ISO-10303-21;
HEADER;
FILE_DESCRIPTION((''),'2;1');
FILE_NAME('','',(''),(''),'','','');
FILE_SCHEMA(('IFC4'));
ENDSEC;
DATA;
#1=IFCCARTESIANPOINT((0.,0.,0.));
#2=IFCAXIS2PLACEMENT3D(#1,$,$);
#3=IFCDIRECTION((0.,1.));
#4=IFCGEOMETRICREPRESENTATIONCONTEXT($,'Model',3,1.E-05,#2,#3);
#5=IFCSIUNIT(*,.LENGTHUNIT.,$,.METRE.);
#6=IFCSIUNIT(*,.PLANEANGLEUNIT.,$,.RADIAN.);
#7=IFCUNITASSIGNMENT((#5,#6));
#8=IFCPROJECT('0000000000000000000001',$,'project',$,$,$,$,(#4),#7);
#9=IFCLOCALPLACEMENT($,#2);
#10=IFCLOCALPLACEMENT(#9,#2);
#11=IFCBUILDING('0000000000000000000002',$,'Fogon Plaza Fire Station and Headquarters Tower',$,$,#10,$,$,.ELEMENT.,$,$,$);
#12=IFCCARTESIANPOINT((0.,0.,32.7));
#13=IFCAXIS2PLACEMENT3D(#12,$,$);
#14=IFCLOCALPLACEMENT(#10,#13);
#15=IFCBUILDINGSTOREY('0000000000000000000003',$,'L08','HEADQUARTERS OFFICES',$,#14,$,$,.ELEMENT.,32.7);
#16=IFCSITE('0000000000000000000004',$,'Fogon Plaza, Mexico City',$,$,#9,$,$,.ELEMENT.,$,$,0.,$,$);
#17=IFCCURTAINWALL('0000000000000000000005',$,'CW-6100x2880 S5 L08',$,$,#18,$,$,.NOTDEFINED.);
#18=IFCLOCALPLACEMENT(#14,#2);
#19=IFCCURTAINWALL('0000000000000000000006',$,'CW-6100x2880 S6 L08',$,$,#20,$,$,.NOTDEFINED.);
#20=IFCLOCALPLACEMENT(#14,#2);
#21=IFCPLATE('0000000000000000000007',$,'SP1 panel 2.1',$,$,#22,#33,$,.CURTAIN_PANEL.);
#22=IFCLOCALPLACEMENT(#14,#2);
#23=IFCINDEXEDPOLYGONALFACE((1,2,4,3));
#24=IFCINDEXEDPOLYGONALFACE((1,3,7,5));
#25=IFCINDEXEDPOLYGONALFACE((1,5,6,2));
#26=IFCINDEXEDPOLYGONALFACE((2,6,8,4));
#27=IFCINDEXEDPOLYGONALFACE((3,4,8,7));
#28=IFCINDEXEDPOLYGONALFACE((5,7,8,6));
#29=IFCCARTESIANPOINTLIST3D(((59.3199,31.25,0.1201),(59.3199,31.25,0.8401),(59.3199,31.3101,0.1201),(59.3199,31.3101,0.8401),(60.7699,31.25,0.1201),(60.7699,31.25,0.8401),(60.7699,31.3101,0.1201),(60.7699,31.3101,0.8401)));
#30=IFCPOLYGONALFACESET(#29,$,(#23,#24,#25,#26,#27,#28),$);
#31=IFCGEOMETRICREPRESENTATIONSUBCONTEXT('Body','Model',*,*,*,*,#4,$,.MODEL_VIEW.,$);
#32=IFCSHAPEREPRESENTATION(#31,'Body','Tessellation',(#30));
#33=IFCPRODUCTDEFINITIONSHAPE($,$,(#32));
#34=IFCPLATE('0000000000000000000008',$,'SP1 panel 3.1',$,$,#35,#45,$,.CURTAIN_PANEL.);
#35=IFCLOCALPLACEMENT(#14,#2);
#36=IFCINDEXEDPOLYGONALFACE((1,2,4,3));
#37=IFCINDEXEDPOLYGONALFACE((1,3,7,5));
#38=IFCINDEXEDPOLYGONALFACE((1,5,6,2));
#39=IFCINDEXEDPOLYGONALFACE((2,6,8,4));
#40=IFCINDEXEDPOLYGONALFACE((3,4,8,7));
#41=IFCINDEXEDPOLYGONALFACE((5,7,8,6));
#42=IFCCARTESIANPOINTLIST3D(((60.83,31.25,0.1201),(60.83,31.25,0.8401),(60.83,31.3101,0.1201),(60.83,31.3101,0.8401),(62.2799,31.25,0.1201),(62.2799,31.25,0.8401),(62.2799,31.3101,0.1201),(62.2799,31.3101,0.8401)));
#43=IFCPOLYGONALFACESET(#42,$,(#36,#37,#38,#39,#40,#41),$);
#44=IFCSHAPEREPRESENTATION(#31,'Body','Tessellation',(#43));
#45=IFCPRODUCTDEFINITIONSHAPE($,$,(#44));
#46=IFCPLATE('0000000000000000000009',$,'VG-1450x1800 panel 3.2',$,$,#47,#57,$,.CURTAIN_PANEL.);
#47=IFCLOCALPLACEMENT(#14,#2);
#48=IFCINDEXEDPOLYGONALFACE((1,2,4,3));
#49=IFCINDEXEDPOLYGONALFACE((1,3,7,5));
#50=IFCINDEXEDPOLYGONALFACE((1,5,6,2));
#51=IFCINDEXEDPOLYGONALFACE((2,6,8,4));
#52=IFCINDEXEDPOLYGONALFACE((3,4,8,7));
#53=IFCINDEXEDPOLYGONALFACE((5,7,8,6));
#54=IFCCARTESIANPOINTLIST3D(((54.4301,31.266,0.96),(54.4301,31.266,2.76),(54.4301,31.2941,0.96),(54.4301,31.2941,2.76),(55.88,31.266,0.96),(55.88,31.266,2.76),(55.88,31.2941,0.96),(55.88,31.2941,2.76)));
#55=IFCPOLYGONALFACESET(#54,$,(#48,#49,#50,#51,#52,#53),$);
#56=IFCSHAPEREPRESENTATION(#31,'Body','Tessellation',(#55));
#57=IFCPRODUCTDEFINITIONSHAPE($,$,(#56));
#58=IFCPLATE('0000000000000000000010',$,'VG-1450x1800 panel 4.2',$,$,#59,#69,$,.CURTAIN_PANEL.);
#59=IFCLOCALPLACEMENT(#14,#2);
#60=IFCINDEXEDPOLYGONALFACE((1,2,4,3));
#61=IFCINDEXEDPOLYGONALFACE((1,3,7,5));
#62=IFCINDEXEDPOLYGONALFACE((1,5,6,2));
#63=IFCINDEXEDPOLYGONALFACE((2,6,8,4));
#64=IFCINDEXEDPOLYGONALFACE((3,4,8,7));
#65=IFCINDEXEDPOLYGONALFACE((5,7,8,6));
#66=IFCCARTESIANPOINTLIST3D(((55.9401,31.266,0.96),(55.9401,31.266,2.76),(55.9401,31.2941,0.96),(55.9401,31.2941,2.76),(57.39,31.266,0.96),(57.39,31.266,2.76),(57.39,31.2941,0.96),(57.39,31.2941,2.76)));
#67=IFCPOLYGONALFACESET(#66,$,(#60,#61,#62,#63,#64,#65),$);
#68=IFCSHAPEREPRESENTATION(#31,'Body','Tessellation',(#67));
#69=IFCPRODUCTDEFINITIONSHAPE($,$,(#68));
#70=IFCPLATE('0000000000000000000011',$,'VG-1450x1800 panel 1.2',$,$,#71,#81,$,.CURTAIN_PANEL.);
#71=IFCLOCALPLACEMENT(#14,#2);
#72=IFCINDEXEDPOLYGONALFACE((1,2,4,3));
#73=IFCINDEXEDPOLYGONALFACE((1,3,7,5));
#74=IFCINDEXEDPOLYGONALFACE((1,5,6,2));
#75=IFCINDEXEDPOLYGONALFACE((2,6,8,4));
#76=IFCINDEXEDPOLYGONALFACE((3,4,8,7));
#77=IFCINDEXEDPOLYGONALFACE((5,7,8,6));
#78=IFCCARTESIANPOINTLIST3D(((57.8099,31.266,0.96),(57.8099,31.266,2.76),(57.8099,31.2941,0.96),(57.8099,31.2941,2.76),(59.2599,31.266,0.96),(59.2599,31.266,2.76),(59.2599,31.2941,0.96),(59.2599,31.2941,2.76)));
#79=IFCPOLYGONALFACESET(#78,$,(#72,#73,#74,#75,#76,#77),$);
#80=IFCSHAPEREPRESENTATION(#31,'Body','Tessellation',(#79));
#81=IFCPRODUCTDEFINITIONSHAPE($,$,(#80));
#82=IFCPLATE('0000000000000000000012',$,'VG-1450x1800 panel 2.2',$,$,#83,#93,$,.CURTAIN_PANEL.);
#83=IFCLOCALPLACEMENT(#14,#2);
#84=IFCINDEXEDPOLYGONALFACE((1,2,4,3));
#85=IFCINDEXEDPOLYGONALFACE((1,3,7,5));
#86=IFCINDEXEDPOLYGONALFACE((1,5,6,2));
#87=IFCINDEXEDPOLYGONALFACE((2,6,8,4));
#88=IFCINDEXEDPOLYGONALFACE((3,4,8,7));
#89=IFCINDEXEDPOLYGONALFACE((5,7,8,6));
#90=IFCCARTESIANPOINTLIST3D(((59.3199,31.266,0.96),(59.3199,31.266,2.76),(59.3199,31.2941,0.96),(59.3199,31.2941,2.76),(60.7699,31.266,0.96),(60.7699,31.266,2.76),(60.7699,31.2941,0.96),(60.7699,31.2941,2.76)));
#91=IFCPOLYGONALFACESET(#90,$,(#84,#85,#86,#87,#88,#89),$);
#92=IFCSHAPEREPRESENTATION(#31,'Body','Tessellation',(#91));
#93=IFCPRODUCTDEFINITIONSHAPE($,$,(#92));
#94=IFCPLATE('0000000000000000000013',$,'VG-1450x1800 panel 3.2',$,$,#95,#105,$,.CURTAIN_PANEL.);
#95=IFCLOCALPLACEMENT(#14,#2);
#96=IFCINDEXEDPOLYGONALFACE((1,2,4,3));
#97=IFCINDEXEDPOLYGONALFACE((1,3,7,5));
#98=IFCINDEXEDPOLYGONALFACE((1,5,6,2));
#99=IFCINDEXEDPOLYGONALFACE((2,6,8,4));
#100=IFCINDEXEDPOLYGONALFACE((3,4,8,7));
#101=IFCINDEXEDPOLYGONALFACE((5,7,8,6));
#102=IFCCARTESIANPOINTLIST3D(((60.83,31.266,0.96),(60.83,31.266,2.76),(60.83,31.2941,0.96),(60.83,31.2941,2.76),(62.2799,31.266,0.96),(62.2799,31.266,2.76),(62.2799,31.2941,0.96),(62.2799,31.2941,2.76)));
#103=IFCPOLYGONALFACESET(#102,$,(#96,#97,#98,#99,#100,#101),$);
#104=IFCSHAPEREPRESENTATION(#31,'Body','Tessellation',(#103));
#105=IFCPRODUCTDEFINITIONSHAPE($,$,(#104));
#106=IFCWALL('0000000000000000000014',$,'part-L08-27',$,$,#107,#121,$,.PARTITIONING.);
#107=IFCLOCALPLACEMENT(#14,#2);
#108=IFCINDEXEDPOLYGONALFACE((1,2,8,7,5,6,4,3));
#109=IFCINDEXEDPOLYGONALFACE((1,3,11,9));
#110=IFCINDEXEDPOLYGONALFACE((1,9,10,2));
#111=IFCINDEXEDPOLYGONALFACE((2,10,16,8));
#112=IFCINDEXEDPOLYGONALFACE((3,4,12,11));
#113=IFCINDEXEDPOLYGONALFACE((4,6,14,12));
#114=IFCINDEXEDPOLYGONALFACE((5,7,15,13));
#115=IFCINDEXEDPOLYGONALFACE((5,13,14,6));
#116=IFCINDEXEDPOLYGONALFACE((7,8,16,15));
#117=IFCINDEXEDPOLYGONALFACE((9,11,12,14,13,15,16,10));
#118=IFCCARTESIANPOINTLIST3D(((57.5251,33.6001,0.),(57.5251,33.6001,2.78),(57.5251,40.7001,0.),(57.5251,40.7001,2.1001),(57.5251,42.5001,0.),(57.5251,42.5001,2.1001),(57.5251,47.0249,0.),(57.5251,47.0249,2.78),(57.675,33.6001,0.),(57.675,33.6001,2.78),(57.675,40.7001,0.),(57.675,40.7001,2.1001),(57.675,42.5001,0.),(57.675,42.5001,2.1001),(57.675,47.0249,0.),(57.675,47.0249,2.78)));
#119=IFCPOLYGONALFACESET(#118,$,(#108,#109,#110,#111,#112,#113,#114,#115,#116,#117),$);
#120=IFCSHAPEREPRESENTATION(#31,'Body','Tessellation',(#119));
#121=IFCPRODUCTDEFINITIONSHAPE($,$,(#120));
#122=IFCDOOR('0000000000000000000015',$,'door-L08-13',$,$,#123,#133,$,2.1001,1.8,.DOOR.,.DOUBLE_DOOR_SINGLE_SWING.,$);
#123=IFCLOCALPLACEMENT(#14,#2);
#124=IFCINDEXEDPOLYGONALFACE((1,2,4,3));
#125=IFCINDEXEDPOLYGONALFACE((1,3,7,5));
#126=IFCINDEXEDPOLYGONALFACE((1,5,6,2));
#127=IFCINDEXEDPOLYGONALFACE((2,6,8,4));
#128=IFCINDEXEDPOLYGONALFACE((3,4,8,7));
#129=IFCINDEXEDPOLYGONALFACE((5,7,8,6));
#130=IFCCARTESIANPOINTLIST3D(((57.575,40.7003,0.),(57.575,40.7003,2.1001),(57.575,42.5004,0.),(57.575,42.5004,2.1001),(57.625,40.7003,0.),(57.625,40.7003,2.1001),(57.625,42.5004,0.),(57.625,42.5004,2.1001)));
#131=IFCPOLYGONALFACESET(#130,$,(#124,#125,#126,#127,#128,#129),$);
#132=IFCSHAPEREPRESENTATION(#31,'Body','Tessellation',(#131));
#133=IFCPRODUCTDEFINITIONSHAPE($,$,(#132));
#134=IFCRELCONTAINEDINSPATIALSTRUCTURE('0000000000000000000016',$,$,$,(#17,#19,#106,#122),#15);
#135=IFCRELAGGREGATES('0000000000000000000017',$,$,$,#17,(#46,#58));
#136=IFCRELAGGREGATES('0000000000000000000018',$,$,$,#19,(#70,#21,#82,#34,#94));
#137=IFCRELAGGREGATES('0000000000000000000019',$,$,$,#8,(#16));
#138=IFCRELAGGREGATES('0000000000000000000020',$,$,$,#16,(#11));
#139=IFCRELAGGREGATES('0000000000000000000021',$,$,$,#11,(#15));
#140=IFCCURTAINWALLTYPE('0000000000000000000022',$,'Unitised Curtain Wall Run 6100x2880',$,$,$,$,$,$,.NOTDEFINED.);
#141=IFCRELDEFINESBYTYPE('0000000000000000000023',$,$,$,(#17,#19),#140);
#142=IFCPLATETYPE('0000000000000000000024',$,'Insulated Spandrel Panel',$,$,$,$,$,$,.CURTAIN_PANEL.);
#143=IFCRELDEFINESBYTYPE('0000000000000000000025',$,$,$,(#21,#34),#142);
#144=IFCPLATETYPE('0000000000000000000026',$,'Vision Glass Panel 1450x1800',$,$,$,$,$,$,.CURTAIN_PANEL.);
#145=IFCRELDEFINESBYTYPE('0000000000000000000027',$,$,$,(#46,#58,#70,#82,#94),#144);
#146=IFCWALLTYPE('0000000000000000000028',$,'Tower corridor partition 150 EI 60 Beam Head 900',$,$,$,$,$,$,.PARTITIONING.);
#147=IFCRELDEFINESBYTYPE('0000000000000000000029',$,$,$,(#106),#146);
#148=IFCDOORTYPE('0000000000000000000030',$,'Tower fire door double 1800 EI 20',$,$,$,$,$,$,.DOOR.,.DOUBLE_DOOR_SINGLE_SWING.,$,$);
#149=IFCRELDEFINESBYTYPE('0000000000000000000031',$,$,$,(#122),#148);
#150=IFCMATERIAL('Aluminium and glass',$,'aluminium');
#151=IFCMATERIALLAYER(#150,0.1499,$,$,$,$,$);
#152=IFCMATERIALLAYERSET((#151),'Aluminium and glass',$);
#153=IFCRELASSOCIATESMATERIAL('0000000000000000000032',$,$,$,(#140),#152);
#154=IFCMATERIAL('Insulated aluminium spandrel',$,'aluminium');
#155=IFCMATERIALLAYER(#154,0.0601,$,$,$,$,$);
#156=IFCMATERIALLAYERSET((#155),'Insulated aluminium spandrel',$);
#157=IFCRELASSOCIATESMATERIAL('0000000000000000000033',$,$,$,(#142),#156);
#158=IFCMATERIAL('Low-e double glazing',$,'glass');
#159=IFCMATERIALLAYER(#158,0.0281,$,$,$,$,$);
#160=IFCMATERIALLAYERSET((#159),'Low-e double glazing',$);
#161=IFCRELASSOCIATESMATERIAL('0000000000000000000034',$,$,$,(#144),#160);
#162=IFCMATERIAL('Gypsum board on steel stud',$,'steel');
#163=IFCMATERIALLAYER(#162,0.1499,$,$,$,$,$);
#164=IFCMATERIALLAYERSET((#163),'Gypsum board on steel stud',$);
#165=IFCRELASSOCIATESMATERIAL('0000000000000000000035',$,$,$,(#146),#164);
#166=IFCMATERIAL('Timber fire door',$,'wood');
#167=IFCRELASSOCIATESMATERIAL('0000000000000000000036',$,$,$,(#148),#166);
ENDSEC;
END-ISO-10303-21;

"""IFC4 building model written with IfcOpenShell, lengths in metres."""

from ifc_helpers import new_model, si_unit, direction, frame, frame_2d, origin, origin_2d, place, context, subcontext, project, spatial, rectangle, extrude, material, layer, layer_set, type_object, element, fill, aggregate, save


model = new_model("IFC4")

# Units and contexts
model_context = context("Model", 3, precision=1e-05, world=origin(), true_north=direction((0.0, 1.0)))
body_context = subcontext(model_context, "Body", "Model", "MODEL_VIEW")
ifc_project = project(units=[si_unit("LENGTHUNIT", "METRE"), si_unit("PLANEANGLEUNIT", "RADIAN")], contexts=[model_context])

# Site, building, storey
site_placement = place(None, origin())
site = spatial("IfcSite", under=ifc_project, at=site_placement, Name="Fogon Plaza, Mexico City", CompositionType="ELEMENT", RefElevation=0.0)
building_placement = place(site_placement, origin())
building = spatial("IfcBuilding", under=site, at=building_placement, Name="Fogon Plaza Fire Station and Headquarters Tower", CompositionType="ELEMENT")
storey_placement = place(building_placement, frame((0.0, 0.0, 32.7)))
storey = spatial("IfcBuildingStorey", under=building, at=storey_placement, Name="L08", Description="HEADQUARTERS OFFICES", CompositionType="ELEMENT", Elevation=32.7)

# Curtain walls
ifc_material_1 = material(Name="Aluminium and glass", Category="aluminium")
ifc_layer_1 = layer(ifc_material_1, 0.1499)
ifc_layer_set_1 = layer_set([ifc_layer_1], Name="Aluminium and glass")
curtain_wall_type = type_object("IfcCurtainWallType", Name="Unitised Curtain Wall Run 6100x2880", PredefinedType="NOTDEFINED", material=ifc_layer_set_1)
curtain_wall_1_placement = place(storey_placement, origin())
curtain_wall_1 = element("IfcCurtainWall", 1, at=curtain_wall_1_placement, inside=storey, type_object=curtain_wall_type, Name="CW-6100x2880 S5 L08", PredefinedType="NOTDEFINED")
curtain_wall_2_placement = place(storey_placement, origin())
curtain_wall_2 = element("IfcCurtainWall", 2, at=curtain_wall_2_placement, inside=storey, type_object=curtain_wall_type, Name="CW-6100x2880 S6 L08", PredefinedType="NOTDEFINED")

# Plates
ifc_material_2 = material(Name="Insulated aluminium spandrel", Category="aluminium")
ifc_layer_2 = layer(ifc_material_2, 0.0601)
ifc_layer_set_2 = layer_set([ifc_layer_2], Name="Insulated aluminium spandrel")
plate_type_1 = type_object("IfcPlateType", Name="Insulated Spandrel Panel", PredefinedType="CURTAIN_PANEL", material=ifc_layer_set_2)
plate_1_placement = place(storey_placement, frame((60.0449, 31.28, 0.1201), z_axis=(0.0, 0.0, 1.0), x_axis=(1.0, 0.0, 0.0)))
plate_1 = element("IfcPlate", 3, at=plate_1_placement, type_object=plate_type_1, Name="SP1 panel 2.1", PredefinedType="CURTAIN_PANEL", context=body_context, shape_type="SweptSolid", body=[
    extrude(rectangle(XDim=1.45, YDim=0.0601, at=origin_2d()), origin(), (0.0, 0.0, 1.0), 0.72),
])
plate_2_placement = place(storey_placement, frame((61.5549, 31.28, 0.1201), z_axis=(0.0, 0.0, 1.0), x_axis=(1.0, 0.0, 0.0)))
plate_2 = element("IfcPlate", 4, at=plate_2_placement, type_object=plate_type_1, Name="SP1 panel 3.1", PredefinedType="CURTAIN_PANEL", context=body_context, shape_type="SweptSolid", body=[
    extrude(rectangle(XDim=1.45, YDim=0.0601, at=origin_2d()), origin(), (0.0, 0.0, 1.0), 0.72),
])
ifc_material_3 = material(Name="Low-e double glazing", Category="glass")
ifc_layer_3 = layer(ifc_material_3, 0.0281)
ifc_layer_set_3 = layer_set([ifc_layer_3], Name="Low-e double glazing")
plate_type_2 = type_object("IfcPlateType", Name="Vision Glass Panel 1450x1800", PredefinedType="CURTAIN_PANEL", material=ifc_layer_set_3)
plate_3_placement = place(storey_placement, frame((55.155, 31.28, 0.96), z_axis=(0.0, 0.0, 1.0), x_axis=(1.0, 0.0, 0.0)))
plate_3 = element("IfcPlate", 5, at=plate_3_placement, type_object=plate_type_2, Name="VG-1450x1800 panel 3.2", PredefinedType="CURTAIN_PANEL", context=body_context, shape_type="SweptSolid", body=[
    extrude(rectangle(XDim=1.45, YDim=0.0281, at=origin_2d()), origin(), (0.0, 0.0, 1.0), 1.8),
])
plate_4_placement = place(storey_placement, frame((56.665, 31.28, 0.96), z_axis=(0.0, 0.0, 1.0), x_axis=(1.0, 0.0, 0.0)))
plate_4 = element("IfcPlate", 6, at=plate_4_placement, type_object=plate_type_2, Name="VG-1450x1800 panel 4.2", PredefinedType="CURTAIN_PANEL", context=body_context, shape_type="SweptSolid", body=[
    extrude(rectangle(XDim=1.45, YDim=0.0281, at=origin_2d()), origin(), (0.0, 0.0, 1.0), 1.8),
])
aggregate(curtain_wall_1, [plate_3, plate_4])
plate_5_placement = place(storey_placement, frame((58.5349, 31.28, 0.96), z_axis=(0.0, 0.0, 1.0), x_axis=(1.0, 0.0, 0.0)))
plate_5 = element("IfcPlate", 7, at=plate_5_placement, type_object=plate_type_2, Name="VG-1450x1800 panel 1.2", PredefinedType="CURTAIN_PANEL", context=body_context, shape_type="SweptSolid", body=[
    extrude(rectangle(XDim=1.45, YDim=0.0281, at=origin_2d()), origin(), (0.0, 0.0, 1.0), 1.8),
])
plate_6_placement = place(storey_placement, frame((60.0449, 31.28, 0.96), z_axis=(0.0, 0.0, 1.0), x_axis=(1.0, 0.0, 0.0)))
plate_6 = element("IfcPlate", 8, at=plate_6_placement, type_object=plate_type_2, Name="VG-1450x1800 panel 2.2", PredefinedType="CURTAIN_PANEL", context=body_context, shape_type="SweptSolid", body=[
    extrude(rectangle(XDim=1.45, YDim=0.0281, at=origin_2d()), origin(), (0.0, 0.0, 1.0), 1.8),
])
plate_7_placement = place(storey_placement, frame((61.5549, 31.28, 0.96), z_axis=(0.0, 0.0, 1.0), x_axis=(1.0, 0.0, 0.0)))
plate_7 = element("IfcPlate", 9, at=plate_7_placement, type_object=plate_type_2, Name="VG-1450x1800 panel 3.2", PredefinedType="CURTAIN_PANEL", context=body_context, shape_type="SweptSolid", body=[
    extrude(rectangle(XDim=1.45, YDim=0.0281, at=origin_2d()), origin(), (0.0, 0.0, 1.0), 1.8),
])
aggregate(curtain_wall_2, [plate_5, plate_1, plate_6, plate_2, plate_7])

# Wall, opening, door
ifc_material_4 = material(Name="Gypsum board on steel stud", Category="steel")
ifc_layer_4 = layer(ifc_material_4, 0.1499)
ifc_layer_set_4 = layer_set([ifc_layer_4], Name="Gypsum board on steel stud")
wall_type = type_object("IfcWallType", Name="Tower corridor partition 150 EI 60 Beam Head 900", PredefinedType="PARTITIONING", material=ifc_layer_set_4)
wall_placement = place(storey_placement, frame((57.6001, 33.6001, 0.0), z_axis=(0.0, 0.0, 1.0), x_axis=(0.0, 1.0, 0.0)))
wall = element("IfcWall", 10, at=wall_placement, inside=storey, type_object=wall_type, Name="part-L08-27", PredefinedType="PARTITIONING", context=body_context, shape_type="SweptSolid", body=[
    extrude(rectangle(XDim=13.4248, YDim=0.1499, at=frame_2d((6.7124, 0.0))), origin(), (0.0, 0.0, 1.0), 2.78),
])
opening_placement = place(wall_placement, frame((7.1001, 0.0, 0.0)))
opening = element("IfcOpeningElement", 11, at=opening_placement, cuts=wall, PredefinedType="OPENING", context=body_context, shape_type="SweptSolid", body=[
    extrude(rectangle(XDim=1.8, YDim=2.1001, at=frame_2d((0.8999, 1.05))), frame((0.0, 0.085, 0.0), z_axis=(0.0, -1.0, 0.0), x_axis=(1.0, 0.0, 0.0)), (0.0, 0.0, 1.0), 0.1699),
])
ifc_material_5 = material(Name="Timber fire door", Category="wood")
door_type = type_object("IfcDoorType", Name="Tower fire door double 1800 EI 20", OperationType="DOUBLE_DOOR_SINGLE_SWING", PredefinedType="DOOR", material=ifc_material_5)
door_placement = place(opening_placement, frame((1.8, 0.0, 0.0), z_axis=(0.0, 0.0, 1.0), x_axis=(-1.0, 0.0, 0.0)))
door = element("IfcDoor", 12, at=door_placement, inside=storey, type_object=door_type, Name="door-L08-13", OperationType="DOUBLE_DOOR_SINGLE_SWING", OverallHeight=2.1001, OverallWidth=1.8, PredefinedType="DOOR", context=body_context, shape_type="SweptSolid", body=[
    extrude(rectangle(XDim=1.8, YDim=2.1001, at=frame_2d((0.8999, 1.05))), frame((0.0, 0.0249, 0.0), z_axis=(0.0, -1.0, 0.0), x_axis=(1.0, 0.0, 0.0)), (0.0, 0.0, 1.0), 0.05),
])
fill(opening, door)

save(model, "model.ifc")
